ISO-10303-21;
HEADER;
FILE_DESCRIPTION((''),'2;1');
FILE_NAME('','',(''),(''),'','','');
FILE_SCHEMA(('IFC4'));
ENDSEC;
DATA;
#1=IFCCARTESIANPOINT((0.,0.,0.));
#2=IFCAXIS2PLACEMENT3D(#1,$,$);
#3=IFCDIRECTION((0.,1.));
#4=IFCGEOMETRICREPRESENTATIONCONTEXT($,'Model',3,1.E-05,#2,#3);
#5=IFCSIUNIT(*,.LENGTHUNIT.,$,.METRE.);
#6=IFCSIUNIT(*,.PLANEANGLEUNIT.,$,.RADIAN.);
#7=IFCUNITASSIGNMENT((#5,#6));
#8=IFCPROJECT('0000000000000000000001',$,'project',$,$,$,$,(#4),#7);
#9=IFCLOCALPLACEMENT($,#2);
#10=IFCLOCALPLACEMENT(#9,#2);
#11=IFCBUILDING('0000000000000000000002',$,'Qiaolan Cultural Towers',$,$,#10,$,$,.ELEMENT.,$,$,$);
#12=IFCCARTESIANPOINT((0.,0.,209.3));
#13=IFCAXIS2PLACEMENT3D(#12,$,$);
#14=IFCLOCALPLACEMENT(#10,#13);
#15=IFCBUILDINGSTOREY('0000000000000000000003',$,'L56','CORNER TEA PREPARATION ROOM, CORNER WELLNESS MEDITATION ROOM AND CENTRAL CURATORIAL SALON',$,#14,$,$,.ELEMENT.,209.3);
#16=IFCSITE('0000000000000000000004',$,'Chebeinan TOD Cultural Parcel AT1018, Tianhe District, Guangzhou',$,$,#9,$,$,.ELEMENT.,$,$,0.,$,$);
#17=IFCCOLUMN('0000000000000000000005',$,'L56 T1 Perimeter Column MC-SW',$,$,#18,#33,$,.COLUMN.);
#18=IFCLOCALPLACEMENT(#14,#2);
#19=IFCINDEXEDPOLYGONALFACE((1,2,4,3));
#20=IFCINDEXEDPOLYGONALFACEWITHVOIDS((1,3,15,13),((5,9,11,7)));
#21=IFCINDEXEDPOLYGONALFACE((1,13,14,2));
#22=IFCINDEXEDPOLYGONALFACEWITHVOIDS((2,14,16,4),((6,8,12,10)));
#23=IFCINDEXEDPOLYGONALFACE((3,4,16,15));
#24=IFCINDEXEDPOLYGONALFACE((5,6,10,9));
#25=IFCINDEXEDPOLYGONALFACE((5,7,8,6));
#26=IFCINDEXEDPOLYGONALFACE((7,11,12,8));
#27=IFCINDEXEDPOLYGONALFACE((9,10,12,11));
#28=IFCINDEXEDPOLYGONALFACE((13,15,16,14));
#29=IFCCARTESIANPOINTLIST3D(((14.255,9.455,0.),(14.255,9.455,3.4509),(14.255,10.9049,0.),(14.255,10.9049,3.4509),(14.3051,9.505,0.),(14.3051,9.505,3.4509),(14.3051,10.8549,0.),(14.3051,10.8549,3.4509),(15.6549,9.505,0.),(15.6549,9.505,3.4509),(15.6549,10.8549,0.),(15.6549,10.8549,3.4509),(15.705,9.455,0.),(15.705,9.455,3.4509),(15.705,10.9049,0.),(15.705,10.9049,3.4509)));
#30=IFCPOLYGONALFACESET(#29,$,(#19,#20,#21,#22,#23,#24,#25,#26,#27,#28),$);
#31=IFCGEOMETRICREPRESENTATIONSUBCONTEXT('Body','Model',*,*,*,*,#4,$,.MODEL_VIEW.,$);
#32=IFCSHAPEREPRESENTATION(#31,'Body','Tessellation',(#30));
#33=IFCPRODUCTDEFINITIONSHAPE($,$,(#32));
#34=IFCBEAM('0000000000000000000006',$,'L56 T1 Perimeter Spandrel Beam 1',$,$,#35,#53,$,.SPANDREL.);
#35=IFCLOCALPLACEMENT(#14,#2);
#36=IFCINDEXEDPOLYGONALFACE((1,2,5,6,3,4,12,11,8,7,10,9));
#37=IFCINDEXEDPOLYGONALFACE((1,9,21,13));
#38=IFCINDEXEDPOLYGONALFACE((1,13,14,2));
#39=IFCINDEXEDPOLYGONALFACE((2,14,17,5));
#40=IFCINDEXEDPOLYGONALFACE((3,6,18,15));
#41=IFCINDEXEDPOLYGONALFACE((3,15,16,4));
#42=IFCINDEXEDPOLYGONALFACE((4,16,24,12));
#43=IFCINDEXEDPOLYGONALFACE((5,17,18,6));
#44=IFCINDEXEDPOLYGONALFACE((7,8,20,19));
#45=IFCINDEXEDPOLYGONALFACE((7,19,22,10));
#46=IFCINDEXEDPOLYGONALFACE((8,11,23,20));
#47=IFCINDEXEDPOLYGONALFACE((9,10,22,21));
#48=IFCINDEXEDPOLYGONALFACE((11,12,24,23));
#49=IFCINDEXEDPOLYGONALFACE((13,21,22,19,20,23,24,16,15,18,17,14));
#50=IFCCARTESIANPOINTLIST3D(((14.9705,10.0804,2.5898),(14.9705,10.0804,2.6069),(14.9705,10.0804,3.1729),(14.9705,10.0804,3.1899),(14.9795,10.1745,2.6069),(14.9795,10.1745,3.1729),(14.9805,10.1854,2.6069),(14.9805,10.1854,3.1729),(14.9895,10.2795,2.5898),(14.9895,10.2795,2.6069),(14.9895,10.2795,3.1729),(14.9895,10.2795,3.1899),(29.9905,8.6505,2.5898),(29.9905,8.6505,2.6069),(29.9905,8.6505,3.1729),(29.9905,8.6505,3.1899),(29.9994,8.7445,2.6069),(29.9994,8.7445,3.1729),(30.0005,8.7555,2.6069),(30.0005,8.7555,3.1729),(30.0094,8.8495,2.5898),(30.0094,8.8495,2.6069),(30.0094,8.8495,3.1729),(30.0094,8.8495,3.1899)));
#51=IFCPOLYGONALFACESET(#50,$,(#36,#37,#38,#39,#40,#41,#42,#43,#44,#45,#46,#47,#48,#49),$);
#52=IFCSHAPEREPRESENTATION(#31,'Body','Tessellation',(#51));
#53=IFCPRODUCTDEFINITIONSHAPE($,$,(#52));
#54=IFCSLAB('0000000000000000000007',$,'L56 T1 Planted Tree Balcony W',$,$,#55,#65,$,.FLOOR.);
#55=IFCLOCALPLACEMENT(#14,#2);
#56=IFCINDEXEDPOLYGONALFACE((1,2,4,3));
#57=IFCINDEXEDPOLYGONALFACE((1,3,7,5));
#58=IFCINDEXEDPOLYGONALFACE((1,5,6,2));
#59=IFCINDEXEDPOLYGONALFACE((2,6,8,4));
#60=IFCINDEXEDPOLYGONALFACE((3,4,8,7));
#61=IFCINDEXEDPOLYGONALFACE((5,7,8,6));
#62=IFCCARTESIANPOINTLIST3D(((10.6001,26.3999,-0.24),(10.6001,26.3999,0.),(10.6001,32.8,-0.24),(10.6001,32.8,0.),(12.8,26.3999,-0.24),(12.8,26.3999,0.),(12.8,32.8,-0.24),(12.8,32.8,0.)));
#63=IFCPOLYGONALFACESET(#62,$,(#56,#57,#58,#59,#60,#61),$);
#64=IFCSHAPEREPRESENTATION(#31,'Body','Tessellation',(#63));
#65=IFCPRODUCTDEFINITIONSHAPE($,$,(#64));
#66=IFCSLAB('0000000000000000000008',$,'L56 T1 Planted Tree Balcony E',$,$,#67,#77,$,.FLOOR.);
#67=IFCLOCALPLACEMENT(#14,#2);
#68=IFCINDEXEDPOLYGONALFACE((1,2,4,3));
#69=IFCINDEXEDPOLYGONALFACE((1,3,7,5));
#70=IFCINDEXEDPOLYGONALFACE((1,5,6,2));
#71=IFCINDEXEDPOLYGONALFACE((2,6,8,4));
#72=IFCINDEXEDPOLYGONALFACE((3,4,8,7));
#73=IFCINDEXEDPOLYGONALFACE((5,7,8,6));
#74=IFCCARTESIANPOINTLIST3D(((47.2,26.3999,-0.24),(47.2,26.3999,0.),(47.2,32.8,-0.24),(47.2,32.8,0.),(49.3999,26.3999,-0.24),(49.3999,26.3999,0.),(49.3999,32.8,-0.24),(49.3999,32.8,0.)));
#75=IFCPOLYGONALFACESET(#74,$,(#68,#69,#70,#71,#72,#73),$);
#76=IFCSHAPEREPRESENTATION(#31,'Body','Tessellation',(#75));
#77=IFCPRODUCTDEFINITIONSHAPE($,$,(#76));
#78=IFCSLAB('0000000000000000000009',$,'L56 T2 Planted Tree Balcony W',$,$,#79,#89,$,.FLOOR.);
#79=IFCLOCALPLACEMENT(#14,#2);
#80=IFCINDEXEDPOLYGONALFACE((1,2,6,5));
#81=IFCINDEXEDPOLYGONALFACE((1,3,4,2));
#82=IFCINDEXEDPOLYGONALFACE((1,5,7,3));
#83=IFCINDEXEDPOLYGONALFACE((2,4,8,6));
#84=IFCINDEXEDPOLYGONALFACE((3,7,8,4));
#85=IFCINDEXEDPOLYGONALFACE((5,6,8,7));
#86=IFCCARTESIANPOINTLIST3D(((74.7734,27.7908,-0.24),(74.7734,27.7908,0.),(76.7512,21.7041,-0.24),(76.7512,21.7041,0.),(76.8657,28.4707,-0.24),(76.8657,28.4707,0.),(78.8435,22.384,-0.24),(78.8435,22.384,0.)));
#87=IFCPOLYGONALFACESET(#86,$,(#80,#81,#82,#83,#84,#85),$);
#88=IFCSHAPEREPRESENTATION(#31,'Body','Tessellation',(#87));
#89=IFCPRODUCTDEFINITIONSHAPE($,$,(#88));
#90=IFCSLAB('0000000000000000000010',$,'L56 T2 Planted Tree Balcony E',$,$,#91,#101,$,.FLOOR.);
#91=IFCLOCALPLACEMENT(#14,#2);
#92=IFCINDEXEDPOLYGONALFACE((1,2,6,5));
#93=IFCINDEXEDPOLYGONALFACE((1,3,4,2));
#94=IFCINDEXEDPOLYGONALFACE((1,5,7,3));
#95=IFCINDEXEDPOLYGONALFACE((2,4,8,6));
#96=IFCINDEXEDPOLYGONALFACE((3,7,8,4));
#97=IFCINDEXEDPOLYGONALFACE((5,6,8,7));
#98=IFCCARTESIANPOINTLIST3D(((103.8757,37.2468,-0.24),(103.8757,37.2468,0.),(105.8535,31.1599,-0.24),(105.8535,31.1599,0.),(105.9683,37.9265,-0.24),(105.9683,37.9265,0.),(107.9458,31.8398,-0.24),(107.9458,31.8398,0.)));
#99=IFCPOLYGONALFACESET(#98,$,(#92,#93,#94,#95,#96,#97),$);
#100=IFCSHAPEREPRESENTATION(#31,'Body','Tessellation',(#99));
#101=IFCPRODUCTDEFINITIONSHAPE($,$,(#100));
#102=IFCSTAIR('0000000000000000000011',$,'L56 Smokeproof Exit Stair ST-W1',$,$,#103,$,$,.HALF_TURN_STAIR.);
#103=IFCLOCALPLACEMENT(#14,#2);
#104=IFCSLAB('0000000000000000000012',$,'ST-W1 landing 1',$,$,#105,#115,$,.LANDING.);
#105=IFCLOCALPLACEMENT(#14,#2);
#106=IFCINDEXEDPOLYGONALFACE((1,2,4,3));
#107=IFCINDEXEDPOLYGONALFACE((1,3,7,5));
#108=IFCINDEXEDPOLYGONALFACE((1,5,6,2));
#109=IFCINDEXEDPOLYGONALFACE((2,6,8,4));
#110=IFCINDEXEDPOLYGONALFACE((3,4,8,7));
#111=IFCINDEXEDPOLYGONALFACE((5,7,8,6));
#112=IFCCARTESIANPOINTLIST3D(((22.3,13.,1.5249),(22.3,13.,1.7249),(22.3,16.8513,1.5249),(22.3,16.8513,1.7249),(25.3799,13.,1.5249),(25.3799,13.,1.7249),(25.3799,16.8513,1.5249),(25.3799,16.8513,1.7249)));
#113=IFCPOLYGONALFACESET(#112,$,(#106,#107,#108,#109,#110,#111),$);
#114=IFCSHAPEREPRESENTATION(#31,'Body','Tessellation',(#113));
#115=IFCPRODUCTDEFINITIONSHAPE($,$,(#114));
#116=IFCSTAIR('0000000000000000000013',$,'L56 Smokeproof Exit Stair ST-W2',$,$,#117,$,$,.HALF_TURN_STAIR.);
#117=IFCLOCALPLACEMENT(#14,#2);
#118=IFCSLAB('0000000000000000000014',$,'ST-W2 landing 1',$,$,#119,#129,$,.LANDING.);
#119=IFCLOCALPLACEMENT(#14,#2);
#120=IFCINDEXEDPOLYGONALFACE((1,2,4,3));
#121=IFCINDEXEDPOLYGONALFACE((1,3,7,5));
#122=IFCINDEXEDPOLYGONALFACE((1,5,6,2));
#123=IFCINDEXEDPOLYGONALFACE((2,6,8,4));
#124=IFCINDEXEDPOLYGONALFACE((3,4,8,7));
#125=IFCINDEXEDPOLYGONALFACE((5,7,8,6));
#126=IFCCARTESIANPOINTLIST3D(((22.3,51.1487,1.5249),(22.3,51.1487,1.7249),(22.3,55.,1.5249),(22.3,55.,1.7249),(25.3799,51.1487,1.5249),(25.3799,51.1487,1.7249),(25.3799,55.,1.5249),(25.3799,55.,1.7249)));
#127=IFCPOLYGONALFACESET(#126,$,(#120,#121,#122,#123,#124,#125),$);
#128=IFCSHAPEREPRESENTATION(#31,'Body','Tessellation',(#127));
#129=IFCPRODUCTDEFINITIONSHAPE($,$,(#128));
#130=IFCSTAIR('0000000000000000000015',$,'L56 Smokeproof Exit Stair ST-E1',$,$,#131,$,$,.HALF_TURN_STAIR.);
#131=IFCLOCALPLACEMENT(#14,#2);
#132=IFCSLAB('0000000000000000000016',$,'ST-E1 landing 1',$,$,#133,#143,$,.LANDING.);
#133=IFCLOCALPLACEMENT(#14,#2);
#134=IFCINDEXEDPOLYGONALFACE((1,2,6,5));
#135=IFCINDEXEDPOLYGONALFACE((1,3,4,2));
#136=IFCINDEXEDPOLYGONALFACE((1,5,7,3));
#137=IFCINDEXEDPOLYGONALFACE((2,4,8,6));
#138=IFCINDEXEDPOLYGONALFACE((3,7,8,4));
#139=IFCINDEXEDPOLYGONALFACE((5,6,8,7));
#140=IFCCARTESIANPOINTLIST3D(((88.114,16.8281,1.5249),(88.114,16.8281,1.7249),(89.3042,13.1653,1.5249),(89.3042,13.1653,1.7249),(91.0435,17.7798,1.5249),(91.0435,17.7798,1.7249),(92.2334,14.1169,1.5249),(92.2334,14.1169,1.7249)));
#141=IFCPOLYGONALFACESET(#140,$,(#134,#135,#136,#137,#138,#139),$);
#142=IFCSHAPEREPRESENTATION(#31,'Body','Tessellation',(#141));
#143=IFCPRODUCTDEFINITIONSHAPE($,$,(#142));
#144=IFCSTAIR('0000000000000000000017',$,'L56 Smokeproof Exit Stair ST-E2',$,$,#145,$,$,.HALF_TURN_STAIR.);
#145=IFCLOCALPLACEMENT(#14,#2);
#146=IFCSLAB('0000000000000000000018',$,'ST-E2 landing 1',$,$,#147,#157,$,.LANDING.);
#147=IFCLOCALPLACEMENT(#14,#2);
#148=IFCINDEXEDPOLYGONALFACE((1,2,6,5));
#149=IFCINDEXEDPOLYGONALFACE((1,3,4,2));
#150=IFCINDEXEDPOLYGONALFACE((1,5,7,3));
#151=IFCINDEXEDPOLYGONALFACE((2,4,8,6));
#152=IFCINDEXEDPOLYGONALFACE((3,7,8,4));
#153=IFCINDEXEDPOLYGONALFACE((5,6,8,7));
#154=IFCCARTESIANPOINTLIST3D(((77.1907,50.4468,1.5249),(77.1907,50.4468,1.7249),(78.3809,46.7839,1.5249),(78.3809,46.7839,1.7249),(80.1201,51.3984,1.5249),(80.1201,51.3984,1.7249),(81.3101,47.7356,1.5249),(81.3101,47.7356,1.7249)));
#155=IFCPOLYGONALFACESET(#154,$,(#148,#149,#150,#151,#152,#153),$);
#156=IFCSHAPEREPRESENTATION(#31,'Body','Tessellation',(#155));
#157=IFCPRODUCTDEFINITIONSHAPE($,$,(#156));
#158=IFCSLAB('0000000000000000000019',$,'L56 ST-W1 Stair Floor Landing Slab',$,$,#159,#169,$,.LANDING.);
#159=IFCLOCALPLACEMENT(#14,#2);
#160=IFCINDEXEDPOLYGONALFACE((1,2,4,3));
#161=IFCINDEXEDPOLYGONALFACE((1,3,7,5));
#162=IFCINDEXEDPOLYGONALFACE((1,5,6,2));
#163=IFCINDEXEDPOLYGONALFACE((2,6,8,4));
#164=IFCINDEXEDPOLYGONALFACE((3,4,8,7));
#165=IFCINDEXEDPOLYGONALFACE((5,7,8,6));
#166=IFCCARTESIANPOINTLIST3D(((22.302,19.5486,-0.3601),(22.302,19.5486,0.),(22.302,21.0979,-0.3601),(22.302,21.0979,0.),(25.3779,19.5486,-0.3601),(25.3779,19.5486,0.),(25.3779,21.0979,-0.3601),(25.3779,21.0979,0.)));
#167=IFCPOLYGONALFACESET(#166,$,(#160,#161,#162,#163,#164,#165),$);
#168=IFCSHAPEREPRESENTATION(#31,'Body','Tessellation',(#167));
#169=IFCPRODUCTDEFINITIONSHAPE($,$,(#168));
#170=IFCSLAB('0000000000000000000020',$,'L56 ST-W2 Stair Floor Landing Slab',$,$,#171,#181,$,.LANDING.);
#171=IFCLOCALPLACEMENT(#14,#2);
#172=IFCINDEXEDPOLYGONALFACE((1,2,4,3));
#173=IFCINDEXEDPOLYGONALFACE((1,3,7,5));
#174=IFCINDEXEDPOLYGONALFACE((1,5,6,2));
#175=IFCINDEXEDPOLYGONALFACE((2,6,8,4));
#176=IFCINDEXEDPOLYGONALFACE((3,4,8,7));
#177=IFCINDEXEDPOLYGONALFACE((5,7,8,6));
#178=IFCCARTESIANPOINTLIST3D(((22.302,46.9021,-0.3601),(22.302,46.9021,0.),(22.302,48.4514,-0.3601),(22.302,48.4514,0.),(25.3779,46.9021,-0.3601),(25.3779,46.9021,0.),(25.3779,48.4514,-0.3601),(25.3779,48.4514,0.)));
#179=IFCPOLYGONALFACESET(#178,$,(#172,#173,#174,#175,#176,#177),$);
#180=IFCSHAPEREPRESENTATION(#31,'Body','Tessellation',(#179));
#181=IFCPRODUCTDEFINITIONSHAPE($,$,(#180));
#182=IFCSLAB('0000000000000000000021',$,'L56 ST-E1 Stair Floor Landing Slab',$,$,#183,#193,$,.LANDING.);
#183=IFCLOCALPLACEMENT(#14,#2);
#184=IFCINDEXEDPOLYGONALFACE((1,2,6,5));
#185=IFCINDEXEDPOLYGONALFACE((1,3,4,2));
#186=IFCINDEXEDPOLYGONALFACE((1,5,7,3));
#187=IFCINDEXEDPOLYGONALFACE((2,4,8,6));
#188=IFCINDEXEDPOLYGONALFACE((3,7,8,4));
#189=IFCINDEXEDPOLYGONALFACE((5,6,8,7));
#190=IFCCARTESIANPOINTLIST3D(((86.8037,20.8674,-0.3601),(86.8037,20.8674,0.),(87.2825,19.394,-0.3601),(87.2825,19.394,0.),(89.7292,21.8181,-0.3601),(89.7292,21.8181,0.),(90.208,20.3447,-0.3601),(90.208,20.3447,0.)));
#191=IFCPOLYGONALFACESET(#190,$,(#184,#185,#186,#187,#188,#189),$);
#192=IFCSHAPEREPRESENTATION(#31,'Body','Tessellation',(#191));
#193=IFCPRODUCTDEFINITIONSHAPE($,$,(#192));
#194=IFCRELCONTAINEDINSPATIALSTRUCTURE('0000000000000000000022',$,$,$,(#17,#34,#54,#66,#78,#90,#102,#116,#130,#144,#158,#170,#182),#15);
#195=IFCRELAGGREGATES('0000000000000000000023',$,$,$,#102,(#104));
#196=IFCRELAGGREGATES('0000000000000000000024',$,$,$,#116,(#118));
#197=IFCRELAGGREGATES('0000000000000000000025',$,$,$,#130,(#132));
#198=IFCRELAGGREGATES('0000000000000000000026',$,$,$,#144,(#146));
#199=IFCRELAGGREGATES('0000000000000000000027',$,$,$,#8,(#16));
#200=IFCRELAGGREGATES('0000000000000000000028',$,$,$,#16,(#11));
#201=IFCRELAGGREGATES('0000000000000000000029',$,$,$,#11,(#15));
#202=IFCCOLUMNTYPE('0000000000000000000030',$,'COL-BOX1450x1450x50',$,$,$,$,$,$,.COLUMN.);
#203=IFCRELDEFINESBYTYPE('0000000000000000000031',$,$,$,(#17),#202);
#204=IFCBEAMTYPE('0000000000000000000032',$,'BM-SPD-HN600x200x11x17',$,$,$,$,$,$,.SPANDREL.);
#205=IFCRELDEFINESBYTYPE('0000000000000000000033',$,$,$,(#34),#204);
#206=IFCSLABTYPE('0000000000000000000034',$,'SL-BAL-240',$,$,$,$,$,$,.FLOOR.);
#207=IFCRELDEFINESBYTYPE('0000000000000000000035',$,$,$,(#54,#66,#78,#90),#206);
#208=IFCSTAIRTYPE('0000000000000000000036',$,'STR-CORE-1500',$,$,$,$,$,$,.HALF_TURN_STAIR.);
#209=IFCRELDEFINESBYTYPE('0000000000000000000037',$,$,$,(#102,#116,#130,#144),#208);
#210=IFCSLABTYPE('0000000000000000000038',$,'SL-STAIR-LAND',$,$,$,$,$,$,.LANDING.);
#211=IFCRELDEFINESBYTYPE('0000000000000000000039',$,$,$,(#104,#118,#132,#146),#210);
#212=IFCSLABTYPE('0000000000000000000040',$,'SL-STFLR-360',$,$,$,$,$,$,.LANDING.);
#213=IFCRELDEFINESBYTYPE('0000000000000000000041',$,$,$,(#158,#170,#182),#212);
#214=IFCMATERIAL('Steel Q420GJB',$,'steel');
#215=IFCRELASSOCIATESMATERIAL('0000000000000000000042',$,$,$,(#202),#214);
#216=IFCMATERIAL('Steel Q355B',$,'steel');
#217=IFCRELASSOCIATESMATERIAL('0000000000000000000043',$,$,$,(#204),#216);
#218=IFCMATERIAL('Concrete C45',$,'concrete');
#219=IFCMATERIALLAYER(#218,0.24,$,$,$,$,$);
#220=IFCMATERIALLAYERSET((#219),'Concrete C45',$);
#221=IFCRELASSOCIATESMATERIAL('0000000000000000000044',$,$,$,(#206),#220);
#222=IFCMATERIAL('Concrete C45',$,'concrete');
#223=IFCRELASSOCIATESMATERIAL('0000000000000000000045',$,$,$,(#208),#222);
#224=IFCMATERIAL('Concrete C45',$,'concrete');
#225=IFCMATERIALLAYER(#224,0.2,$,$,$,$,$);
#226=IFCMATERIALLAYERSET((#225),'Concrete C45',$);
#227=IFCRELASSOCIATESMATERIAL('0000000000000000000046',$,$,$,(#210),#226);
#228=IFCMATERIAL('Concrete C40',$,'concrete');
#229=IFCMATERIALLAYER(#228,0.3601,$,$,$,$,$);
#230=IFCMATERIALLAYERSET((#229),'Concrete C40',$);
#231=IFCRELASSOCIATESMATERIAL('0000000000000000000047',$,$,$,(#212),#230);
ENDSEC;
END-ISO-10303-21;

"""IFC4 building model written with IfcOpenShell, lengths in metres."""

from ifc_helpers import new_model, si_unit, direction, frame, origin, origin_2d, place, context, subcontext, project, spatial, polyline, hollow_rectangle, i_section, outline, extrude, material, layer, layer_set, material_profile, profile_set, type_object, element, aggregate, save


model = new_model("IFC4")

# Units and contexts
model_context = context("Model", 3, precision=1e-05, world=origin(), true_north=direction((0.0, 1.0)))
body_context = subcontext(model_context, "Body", "Model", "MODEL_VIEW")
ifc_project = project(units=[si_unit("LENGTHUNIT", "METRE"), si_unit("PLANEANGLEUNIT", "RADIAN")], contexts=[model_context])

# Site, building, storey
site_placement = place(None, origin())
site = spatial("IfcSite", under=ifc_project, at=site_placement, Name="Chebeinan TOD Cultural Parcel AT1018, Tianhe District, Guangzhou", CompositionType="ELEMENT", RefElevation=0.0)
building_placement = place(site_placement, origin())
building = spatial("IfcBuilding", under=site, at=building_placement, Name="Qiaolan Cultural Towers", CompositionType="ELEMENT")
storey_placement = place(building_placement, frame((0.0, 0.0, 209.3)))
storey = spatial("IfcBuildingStorey", under=building, at=storey_placement, Name="L56", Description="CORNER TEA PREPARATION ROOM, CORNER WELLNESS MEDITATION ROOM AND CENTRAL CURATORIAL SALON", CompositionType="ELEMENT", Elevation=209.3)

# Column
ifc_material_1 = material(Name="Steel Q420GJB", Category="steel")
ifc_material_profile_1 = material_profile(ifc_material_1, hollow_rectangle(XDim=1.45, YDim=1.45, WallThickness=0.05, at=origin_2d()), Name="BOX1450x1450x50")
ifc_profile_set_1 = profile_set([ifc_material_profile_1], Name="Steel Q420GJB")
column_type = type_object("IfcColumnType", Name="COL-BOX1450x1450x50", PredefinedType="COLUMN", material=ifc_profile_set_1)
column_placement = place(storey_placement, frame((14.98, 10.1799, 0.0), z_axis=(0.0, 0.0, 1.0), x_axis=(1.0, 0.0, 0.0)))
element("IfcColumn", 1, at=column_placement, inside=storey, type_object=column_type, Name="L56 T1 Perimeter Column MC-SW", PredefinedType="COLUMN", context=body_context, shape_type="SweptSolid", body=[
    extrude(hollow_rectangle(XDim=1.45, YDim=1.45, WallThickness=0.05, at=origin_2d()), origin(), (0.0, 0.0, 1.0), 3.4509),
])

# Beam
ifc_material_2 = material(Name="Steel Q355B", Category="steel")
ifc_material_profile_2 = material_profile(ifc_material_2, i_section(OverallWidth=0.2, OverallDepth=0.6001, WebThickness=0.011, FlangeThickness=0.0171, at=origin_2d()), Name="HN600x200x11x17")
ifc_profile_set_2 = profile_set([ifc_material_profile_2], Name="Steel Q355B")
beam_type = type_object("IfcBeamType", Name="BM-SPD-HN600x200x11x17", PredefinedType="SPANDREL", material=ifc_profile_set_2)
beam_placement = place(storey_placement, frame((14.98, 10.1799, 2.8899), z_axis=(0.995499, -0.094773, 0.0), x_axis=(0.094773, 0.995499, 0.0)))
element("IfcBeam", 2, at=beam_placement, inside=storey, type_object=beam_type, Name="L56 T1 Perimeter Spandrel Beam 1", PredefinedType="SPANDREL", context=body_context, shape_type="SweptSolid", body=[
    extrude(i_section(OverallWidth=0.2, OverallDepth=0.6001, WebThickness=0.011, FlangeThickness=0.0171, at=origin_2d()), origin(), (0.0, 0.0, 1.0), 15.0879),
])

# Slabs
ifc_material_3 = material(Name="Concrete C45", Category="concrete")
ifc_layer_1 = layer(ifc_material_3, 0.24)
ifc_layer_set_1 = layer_set([ifc_layer_1], Name="Concrete C45")
slab_type_1 = type_object("IfcSlabType", Name="SL-BAL-240", PredefinedType="FLOOR", material=ifc_layer_set_1)
slab_1_placement = place(storey_placement, frame((0.0, 0.0, -0.24)))
element("IfcSlab", 3, at=slab_1_placement, inside=storey, type_object=slab_type_1, Name="L56 T1 Planted Tree Balcony W", PredefinedType="FLOOR", context=body_context, shape_type="SweptSolid", body=[
    extrude(outline(polyline([(10.6001, 26.3999), (12.8, 26.3999), (12.8, 32.8), (10.6001, 32.8), (10.6001, 26.3999)])), origin(), (0.0, 0.0, 1.0), 0.24),
])
slab_2_placement = place(storey_placement, frame((0.0, 0.0, -0.24)))
element("IfcSlab", 4, at=slab_2_placement, inside=storey, type_object=slab_type_1, Name="L56 T1 Planted Tree Balcony E", PredefinedType="FLOOR", context=body_context, shape_type="SweptSolid", body=[
    extrude(outline(polyline([(47.2, 26.3999), (49.3999, 26.3999), (49.3999, 32.8), (47.2, 32.8), (47.2, 26.3999)])), origin(), (0.0, 0.0, 1.0), 0.24),
])
slab_3_placement = place(storey_placement, frame((0.0, 0.0, -0.24)))
element("IfcSlab", 5, at=slab_3_placement, inside=storey, type_object=slab_type_1, Name="L56 T2 Planted Tree Balcony W", PredefinedType="FLOOR", context=body_context, shape_type="SweptSolid", body=[
    extrude(outline(polyline([(76.7512, 21.7041), (78.8435, 22.384), (76.8657, 28.4707), (74.7734, 27.7908), (76.7512, 21.7041)])), origin(), (0.0, 0.0, 1.0), 0.24),
])
slab_4_placement = place(storey_placement, frame((0.0, 0.0, -0.24)))
element("IfcSlab", 6, at=slab_4_placement, inside=storey, type_object=slab_type_1, Name="L56 T2 Planted Tree Balcony E", PredefinedType="FLOOR", context=body_context, shape_type="SweptSolid", body=[
    extrude(outline(polyline([(105.8535, 31.1599), (107.9458, 31.8398), (105.9683, 37.9265), (103.8757, 37.2468), (105.8535, 31.1599)])), origin(), (0.0, 0.0, 1.0), 0.24),
])

# Stairs, slabs
ifc_material_4 = material(Name="Concrete C45", Category="concrete")
stair_type = type_object("IfcStairType", Name="STR-CORE-1500", PredefinedType="HALF_TURN_STAIR", material=ifc_material_4)
stair_1_placement = place(storey_placement, origin())
stair_1 = element("IfcStair", 7, at=stair_1_placement, inside=storey, type_object=stair_type, Name="L56 Smokeproof Exit Stair ST-W1", PredefinedType="HALF_TURN_STAIR")
ifc_material_5 = material(Name="Concrete C45", Category="concrete")
ifc_layer_2 = layer(ifc_material_5, 0.2)
ifc_layer_set_2 = layer_set([ifc_layer_2], Name="Concrete C45")
slab_type_2 = type_object("IfcSlabType", Name="SL-STAIR-LAND", PredefinedType="LANDING", material=ifc_layer_set_2)
slab_5_placement = place(storey_placement, frame((0.0, 0.0, 1.5249)))
slab_5 = element("IfcSlab", 8, at=slab_5_placement, type_object=slab_type_2, Name="ST-W1 landing 1", PredefinedType="LANDING", context=body_context, shape_type="SweptSolid", body=[
    extrude(outline(polyline([(22.3, 16.8513), (22.3, 13.0), (25.3799, 13.0), (25.3799, 16.8513), (22.3, 16.8513)])), origin(), (0.0, 0.0, 1.0), 0.2),
])
aggregate(stair_1, [slab_5])
stair_2_placement = place(storey_placement, origin())
stair_2 = element("IfcStair", 9, at=stair_2_placement, inside=storey, type_object=stair_type, Name="L56 Smokeproof Exit Stair ST-W2", PredefinedType="HALF_TURN_STAIR")
slab_6_placement = place(storey_placement, frame((0.0, 0.0, 1.5249)))
slab_6 = element("IfcSlab", 10, at=slab_6_placement, type_object=slab_type_2, Name="ST-W2 landing 1", PredefinedType="LANDING", context=body_context, shape_type="SweptSolid", body=[
    extrude(outline(polyline([(25.3799, 51.1487), (25.3799, 55.0), (22.3, 55.0), (22.3, 51.1487), (25.3799, 51.1487)])), origin(), (0.0, 0.0, 1.0), 0.2),
])
aggregate(stair_2, [slab_6])
stair_3_placement = place(storey_placement, origin())
stair_3 = element("IfcStair", 11, at=stair_3_placement, inside=storey, type_object=stair_type, Name="L56 Smokeproof Exit Stair ST-E1", PredefinedType="HALF_TURN_STAIR")
slab_7_placement = place(storey_placement, frame((0.0, 0.0, 1.5249)))
slab_7 = element("IfcSlab", 12, at=slab_7_placement, type_object=slab_type_2, Name="ST-E1 landing 1", PredefinedType="LANDING", context=body_context, shape_type="SweptSolid", body=[
    extrude(outline(polyline([(88.114, 16.8281), (89.3042, 13.1653), (92.2334, 14.1169), (91.0435, 17.7798), (88.114, 16.8281)])), origin(), (0.0, 0.0, 1.0), 0.2),
])
aggregate(stair_3, [slab_7])
stair_4_placement = place(storey_placement, origin())
stair_4 = element("IfcStair", 13, at=stair_4_placement, inside=storey, type_object=stair_type, Name="L56 Smokeproof Exit Stair ST-E2", PredefinedType="HALF_TURN_STAIR")
slab_8_placement = place(storey_placement, frame((0.0, 0.0, 1.5249)))
slab_8 = element("IfcSlab", 14, at=slab_8_placement, type_object=slab_type_2, Name="ST-E2 landing 1", PredefinedType="LANDING", context=body_context, shape_type="SweptSolid", body=[
    extrude(outline(polyline([(81.3101, 47.7356), (80.1201, 51.3984), (77.1907, 50.4468), (78.3809, 46.7839), (81.3101, 47.7356)])), origin(), (0.0, 0.0, 1.0), 0.2),
])
aggregate(stair_4, [slab_8])

# Slabs
ifc_material_6 = material(Name="Concrete C40", Category="concrete")
ifc_layer_3 = layer(ifc_material_6, 0.3601)
ifc_layer_set_3 = layer_set([ifc_layer_3], Name="Concrete C40")
slab_type_3 = type_object("IfcSlabType", Name="SL-STFLR-360", PredefinedType="LANDING", material=ifc_layer_set_3)
slab_9_placement = place(storey_placement, frame((0.0, 0.0, -0.3601)))
element("IfcSlab", 15, at=slab_9_placement, inside=storey, type_object=slab_type_3, Name="L56 ST-W1 Stair Floor Landing Slab", PredefinedType="LANDING", context=body_context, shape_type="SweptSolid", body=[
    extrude(outline(polyline([(22.302, 21.0979), (22.302, 19.5486), (25.3779, 19.5486), (25.3779, 21.0979), (22.302, 21.0979)])), origin(), (0.0, 0.0, 1.0), 0.3601),
])
slab_10_placement = place(storey_placement, frame((0.0, 0.0, -0.3601)))
element("IfcSlab", 16, at=slab_10_placement, inside=storey, type_object=slab_type_3, Name="L56 ST-W2 Stair Floor Landing Slab", PredefinedType="LANDING", context=body_context, shape_type="SweptSolid", body=[
    extrude(outline(polyline([(25.3779, 46.9021), (25.3779, 48.4514), (22.302, 48.4514), (22.302, 46.9021), (25.3779, 46.9021)])), origin(), (0.0, 0.0, 1.0), 0.3601),
])
slab_11_placement = place(storey_placement, frame((0.0, 0.0, -0.3601)))
element("IfcSlab", 17, at=slab_11_placement, inside=storey, type_object=slab_type_3, Name="L56 ST-E1 Stair Floor Landing Slab", PredefinedType="LANDING", context=body_context, shape_type="SweptSolid", body=[
    extrude(outline(polyline([(86.8037, 20.8674), (87.2825, 19.394), (90.208, 20.3447), (89.7292, 21.8181), (86.8037, 20.8674)])), origin(), (0.0, 0.0, 1.0), 0.3601),
])

save(model, "model.ifc")
